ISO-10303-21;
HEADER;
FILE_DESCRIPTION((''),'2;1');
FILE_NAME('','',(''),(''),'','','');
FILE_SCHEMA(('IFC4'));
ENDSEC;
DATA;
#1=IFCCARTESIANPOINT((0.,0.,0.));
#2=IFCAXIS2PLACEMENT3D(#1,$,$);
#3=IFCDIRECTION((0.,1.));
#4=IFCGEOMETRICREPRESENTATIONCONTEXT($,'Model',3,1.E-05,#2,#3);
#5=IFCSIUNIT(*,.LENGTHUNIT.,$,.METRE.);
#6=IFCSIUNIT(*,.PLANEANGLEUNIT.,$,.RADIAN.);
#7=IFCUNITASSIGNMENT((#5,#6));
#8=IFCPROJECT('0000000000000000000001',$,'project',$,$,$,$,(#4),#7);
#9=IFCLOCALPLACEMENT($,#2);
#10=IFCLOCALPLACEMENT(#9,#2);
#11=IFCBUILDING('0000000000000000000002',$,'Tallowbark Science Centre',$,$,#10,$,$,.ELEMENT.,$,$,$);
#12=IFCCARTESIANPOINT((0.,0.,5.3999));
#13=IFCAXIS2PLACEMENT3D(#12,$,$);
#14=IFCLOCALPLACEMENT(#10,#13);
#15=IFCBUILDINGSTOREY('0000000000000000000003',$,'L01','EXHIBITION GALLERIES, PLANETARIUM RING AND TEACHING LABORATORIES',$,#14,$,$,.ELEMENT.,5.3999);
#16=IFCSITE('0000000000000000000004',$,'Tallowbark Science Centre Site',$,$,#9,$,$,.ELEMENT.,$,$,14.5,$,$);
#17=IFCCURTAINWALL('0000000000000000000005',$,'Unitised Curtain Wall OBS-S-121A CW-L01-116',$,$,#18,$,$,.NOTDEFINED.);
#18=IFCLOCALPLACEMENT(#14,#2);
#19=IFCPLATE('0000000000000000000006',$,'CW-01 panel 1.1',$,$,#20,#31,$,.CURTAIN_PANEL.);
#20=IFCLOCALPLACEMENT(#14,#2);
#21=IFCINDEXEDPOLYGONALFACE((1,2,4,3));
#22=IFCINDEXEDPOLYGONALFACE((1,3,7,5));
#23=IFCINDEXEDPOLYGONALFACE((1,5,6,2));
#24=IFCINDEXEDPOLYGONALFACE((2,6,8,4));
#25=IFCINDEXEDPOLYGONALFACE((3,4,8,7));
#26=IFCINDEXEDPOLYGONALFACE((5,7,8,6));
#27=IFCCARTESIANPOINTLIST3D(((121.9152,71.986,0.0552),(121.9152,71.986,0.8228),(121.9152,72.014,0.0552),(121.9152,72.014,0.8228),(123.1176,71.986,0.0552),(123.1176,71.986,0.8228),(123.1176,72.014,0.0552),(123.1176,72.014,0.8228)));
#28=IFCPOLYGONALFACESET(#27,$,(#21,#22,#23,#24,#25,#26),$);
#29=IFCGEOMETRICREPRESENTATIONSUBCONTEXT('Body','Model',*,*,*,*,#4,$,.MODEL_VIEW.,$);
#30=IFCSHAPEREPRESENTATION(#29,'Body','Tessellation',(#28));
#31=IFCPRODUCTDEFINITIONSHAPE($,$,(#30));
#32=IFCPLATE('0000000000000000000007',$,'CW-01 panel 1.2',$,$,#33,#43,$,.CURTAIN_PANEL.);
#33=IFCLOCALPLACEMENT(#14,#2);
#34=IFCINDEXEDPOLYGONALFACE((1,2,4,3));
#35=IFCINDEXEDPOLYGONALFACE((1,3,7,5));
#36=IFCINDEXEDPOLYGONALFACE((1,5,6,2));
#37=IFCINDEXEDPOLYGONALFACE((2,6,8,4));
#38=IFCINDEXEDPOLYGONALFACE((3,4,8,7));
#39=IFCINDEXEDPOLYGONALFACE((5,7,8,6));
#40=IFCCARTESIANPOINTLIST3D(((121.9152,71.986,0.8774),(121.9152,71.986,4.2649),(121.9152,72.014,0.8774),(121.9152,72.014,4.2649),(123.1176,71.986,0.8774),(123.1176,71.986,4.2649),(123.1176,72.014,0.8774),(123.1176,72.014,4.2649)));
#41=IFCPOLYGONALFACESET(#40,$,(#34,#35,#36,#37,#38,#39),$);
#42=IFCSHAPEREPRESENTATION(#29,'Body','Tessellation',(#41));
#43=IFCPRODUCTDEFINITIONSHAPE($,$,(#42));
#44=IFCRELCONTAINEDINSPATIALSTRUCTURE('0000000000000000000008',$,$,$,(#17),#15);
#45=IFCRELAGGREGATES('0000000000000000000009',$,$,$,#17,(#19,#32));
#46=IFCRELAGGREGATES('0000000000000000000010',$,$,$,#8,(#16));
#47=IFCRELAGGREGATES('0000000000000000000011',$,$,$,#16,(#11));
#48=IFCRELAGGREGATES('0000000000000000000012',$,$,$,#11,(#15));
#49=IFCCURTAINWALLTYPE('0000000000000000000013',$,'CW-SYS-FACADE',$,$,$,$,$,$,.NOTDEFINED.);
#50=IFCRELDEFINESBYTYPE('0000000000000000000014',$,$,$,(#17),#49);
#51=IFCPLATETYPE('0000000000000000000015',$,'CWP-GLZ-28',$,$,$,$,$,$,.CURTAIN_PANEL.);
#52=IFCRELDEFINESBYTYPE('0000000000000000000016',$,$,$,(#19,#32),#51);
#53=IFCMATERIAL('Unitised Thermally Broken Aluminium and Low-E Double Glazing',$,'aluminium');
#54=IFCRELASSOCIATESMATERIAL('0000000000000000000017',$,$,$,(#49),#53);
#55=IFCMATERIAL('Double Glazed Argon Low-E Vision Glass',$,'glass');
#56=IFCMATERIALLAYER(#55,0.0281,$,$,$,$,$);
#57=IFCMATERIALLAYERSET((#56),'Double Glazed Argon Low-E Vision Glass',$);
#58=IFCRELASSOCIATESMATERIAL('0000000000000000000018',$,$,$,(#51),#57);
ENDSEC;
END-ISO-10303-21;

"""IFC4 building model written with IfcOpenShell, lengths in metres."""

from ifc_helpers import new_model, si_unit, direction, frame, origin, origin_2d, place, context, subcontext, project, spatial, rectangle, extrude, material, layer, layer_set, type_object, element, aggregate, save


model = new_model("IFC4")

# Units and contexts
model_context = context("Model", 3, precision=1e-05, world=origin(), true_north=direction((0.0, 1.0)))
body_context = subcontext(model_context, "Body", "Model", "MODEL_VIEW")
ifc_project = project(units=[si_unit("LENGTHUNIT", "METRE"), si_unit("PLANEANGLEUNIT", "RADIAN")], contexts=[model_context])

# Site, building, storey
site_placement = place(None, origin())
site = spatial("IfcSite", under=ifc_project, at=site_placement, Name="Tallowbark Science Centre Site", CompositionType="ELEMENT", RefElevation=14.5)
building_placement = place(site_placement, origin())
building = spatial("IfcBuilding", under=site, at=building_placement, Name="Tallowbark Science Centre", CompositionType="ELEMENT")
storey_placement = place(building_placement, frame((0.0, 0.0, 5.3999)))
storey = spatial("IfcBuildingStorey", under=building, at=storey_placement, Name="L01", Description="EXHIBITION GALLERIES, PLANETARIUM RING AND TEACHING LABORATORIES", CompositionType="ELEMENT", Elevation=5.3999)

# Shared definitions
ifc_material_1 = material(Name="Unitised Thermally Broken Aluminium and Low-E Double Glazing", Category="aluminium")
curtain_wall_type = type_object("IfcCurtainWallType", Name="CW-SYS-FACADE", PredefinedType="NOTDEFINED", material=ifc_material_1)

# Curtain wall
curtain_wall_1_placement = place(storey_placement, origin())
curtain_wall_1 = element("IfcCurtainWall", 1, at=curtain_wall_1_placement, inside=storey, type_object=curtain_wall_type, Name="Unitised Curtain Wall OBS-S-121A CW-L01-116", PredefinedType="NOTDEFINED")

# Plates
ifc_material_2 = material(Name="Double Glazed Argon Low-E Vision Glass", Category="glass")
ifc_layer = layer(ifc_material_2, 0.0281)
ifc_layer_set = layer_set([ifc_layer], Name="Double Glazed Argon Low-E Vision Glass")
plate_type = type_object("IfcPlateType", Name="CWP-GLZ-28", PredefinedType="CURTAIN_PANEL", material=ifc_layer_set)
plate_1_placement = place(storey_placement, frame((122.5164, 72.0, 0.0552), z_axis=(0.0, 0.0, 1.0), x_axis=(1.0, 0.0, 0.0)))
plate_1 = element("IfcPlate", 2, at=plate_1_placement, type_object=plate_type, Name="CW-01 panel 1.1", PredefinedType="CURTAIN_PANEL", context=body_context, shape_type="SweptSolid", body=[
    extrude(rectangle(XDim=1.2024, YDim=0.0281, at=origin_2d()), origin(), (0.0, 0.0, 1.0), 0.7676),
])
plate_2_placement = place(storey_placement, frame((122.5164, 72.0, 0.8774), z_axis=(0.0, 0.0, 1.0), x_axis=(1.0, 0.0, 0.0)))
plate_2 = element("IfcPlate", 3, at=plate_2_placement, type_object=plate_type, Name="CW-01 panel 1.2", PredefinedType="CURTAIN_PANEL", context=body_context, shape_type="SweptSolid", body=[
    extrude(rectangle(XDim=1.2024, YDim=0.0281, at=origin_2d()), origin(), (0.0, 0.0, 1.0), 3.3875),
])
aggregate(curtain_wall_1, [plate_1, plate_2])

save(model, "model.ifc")
